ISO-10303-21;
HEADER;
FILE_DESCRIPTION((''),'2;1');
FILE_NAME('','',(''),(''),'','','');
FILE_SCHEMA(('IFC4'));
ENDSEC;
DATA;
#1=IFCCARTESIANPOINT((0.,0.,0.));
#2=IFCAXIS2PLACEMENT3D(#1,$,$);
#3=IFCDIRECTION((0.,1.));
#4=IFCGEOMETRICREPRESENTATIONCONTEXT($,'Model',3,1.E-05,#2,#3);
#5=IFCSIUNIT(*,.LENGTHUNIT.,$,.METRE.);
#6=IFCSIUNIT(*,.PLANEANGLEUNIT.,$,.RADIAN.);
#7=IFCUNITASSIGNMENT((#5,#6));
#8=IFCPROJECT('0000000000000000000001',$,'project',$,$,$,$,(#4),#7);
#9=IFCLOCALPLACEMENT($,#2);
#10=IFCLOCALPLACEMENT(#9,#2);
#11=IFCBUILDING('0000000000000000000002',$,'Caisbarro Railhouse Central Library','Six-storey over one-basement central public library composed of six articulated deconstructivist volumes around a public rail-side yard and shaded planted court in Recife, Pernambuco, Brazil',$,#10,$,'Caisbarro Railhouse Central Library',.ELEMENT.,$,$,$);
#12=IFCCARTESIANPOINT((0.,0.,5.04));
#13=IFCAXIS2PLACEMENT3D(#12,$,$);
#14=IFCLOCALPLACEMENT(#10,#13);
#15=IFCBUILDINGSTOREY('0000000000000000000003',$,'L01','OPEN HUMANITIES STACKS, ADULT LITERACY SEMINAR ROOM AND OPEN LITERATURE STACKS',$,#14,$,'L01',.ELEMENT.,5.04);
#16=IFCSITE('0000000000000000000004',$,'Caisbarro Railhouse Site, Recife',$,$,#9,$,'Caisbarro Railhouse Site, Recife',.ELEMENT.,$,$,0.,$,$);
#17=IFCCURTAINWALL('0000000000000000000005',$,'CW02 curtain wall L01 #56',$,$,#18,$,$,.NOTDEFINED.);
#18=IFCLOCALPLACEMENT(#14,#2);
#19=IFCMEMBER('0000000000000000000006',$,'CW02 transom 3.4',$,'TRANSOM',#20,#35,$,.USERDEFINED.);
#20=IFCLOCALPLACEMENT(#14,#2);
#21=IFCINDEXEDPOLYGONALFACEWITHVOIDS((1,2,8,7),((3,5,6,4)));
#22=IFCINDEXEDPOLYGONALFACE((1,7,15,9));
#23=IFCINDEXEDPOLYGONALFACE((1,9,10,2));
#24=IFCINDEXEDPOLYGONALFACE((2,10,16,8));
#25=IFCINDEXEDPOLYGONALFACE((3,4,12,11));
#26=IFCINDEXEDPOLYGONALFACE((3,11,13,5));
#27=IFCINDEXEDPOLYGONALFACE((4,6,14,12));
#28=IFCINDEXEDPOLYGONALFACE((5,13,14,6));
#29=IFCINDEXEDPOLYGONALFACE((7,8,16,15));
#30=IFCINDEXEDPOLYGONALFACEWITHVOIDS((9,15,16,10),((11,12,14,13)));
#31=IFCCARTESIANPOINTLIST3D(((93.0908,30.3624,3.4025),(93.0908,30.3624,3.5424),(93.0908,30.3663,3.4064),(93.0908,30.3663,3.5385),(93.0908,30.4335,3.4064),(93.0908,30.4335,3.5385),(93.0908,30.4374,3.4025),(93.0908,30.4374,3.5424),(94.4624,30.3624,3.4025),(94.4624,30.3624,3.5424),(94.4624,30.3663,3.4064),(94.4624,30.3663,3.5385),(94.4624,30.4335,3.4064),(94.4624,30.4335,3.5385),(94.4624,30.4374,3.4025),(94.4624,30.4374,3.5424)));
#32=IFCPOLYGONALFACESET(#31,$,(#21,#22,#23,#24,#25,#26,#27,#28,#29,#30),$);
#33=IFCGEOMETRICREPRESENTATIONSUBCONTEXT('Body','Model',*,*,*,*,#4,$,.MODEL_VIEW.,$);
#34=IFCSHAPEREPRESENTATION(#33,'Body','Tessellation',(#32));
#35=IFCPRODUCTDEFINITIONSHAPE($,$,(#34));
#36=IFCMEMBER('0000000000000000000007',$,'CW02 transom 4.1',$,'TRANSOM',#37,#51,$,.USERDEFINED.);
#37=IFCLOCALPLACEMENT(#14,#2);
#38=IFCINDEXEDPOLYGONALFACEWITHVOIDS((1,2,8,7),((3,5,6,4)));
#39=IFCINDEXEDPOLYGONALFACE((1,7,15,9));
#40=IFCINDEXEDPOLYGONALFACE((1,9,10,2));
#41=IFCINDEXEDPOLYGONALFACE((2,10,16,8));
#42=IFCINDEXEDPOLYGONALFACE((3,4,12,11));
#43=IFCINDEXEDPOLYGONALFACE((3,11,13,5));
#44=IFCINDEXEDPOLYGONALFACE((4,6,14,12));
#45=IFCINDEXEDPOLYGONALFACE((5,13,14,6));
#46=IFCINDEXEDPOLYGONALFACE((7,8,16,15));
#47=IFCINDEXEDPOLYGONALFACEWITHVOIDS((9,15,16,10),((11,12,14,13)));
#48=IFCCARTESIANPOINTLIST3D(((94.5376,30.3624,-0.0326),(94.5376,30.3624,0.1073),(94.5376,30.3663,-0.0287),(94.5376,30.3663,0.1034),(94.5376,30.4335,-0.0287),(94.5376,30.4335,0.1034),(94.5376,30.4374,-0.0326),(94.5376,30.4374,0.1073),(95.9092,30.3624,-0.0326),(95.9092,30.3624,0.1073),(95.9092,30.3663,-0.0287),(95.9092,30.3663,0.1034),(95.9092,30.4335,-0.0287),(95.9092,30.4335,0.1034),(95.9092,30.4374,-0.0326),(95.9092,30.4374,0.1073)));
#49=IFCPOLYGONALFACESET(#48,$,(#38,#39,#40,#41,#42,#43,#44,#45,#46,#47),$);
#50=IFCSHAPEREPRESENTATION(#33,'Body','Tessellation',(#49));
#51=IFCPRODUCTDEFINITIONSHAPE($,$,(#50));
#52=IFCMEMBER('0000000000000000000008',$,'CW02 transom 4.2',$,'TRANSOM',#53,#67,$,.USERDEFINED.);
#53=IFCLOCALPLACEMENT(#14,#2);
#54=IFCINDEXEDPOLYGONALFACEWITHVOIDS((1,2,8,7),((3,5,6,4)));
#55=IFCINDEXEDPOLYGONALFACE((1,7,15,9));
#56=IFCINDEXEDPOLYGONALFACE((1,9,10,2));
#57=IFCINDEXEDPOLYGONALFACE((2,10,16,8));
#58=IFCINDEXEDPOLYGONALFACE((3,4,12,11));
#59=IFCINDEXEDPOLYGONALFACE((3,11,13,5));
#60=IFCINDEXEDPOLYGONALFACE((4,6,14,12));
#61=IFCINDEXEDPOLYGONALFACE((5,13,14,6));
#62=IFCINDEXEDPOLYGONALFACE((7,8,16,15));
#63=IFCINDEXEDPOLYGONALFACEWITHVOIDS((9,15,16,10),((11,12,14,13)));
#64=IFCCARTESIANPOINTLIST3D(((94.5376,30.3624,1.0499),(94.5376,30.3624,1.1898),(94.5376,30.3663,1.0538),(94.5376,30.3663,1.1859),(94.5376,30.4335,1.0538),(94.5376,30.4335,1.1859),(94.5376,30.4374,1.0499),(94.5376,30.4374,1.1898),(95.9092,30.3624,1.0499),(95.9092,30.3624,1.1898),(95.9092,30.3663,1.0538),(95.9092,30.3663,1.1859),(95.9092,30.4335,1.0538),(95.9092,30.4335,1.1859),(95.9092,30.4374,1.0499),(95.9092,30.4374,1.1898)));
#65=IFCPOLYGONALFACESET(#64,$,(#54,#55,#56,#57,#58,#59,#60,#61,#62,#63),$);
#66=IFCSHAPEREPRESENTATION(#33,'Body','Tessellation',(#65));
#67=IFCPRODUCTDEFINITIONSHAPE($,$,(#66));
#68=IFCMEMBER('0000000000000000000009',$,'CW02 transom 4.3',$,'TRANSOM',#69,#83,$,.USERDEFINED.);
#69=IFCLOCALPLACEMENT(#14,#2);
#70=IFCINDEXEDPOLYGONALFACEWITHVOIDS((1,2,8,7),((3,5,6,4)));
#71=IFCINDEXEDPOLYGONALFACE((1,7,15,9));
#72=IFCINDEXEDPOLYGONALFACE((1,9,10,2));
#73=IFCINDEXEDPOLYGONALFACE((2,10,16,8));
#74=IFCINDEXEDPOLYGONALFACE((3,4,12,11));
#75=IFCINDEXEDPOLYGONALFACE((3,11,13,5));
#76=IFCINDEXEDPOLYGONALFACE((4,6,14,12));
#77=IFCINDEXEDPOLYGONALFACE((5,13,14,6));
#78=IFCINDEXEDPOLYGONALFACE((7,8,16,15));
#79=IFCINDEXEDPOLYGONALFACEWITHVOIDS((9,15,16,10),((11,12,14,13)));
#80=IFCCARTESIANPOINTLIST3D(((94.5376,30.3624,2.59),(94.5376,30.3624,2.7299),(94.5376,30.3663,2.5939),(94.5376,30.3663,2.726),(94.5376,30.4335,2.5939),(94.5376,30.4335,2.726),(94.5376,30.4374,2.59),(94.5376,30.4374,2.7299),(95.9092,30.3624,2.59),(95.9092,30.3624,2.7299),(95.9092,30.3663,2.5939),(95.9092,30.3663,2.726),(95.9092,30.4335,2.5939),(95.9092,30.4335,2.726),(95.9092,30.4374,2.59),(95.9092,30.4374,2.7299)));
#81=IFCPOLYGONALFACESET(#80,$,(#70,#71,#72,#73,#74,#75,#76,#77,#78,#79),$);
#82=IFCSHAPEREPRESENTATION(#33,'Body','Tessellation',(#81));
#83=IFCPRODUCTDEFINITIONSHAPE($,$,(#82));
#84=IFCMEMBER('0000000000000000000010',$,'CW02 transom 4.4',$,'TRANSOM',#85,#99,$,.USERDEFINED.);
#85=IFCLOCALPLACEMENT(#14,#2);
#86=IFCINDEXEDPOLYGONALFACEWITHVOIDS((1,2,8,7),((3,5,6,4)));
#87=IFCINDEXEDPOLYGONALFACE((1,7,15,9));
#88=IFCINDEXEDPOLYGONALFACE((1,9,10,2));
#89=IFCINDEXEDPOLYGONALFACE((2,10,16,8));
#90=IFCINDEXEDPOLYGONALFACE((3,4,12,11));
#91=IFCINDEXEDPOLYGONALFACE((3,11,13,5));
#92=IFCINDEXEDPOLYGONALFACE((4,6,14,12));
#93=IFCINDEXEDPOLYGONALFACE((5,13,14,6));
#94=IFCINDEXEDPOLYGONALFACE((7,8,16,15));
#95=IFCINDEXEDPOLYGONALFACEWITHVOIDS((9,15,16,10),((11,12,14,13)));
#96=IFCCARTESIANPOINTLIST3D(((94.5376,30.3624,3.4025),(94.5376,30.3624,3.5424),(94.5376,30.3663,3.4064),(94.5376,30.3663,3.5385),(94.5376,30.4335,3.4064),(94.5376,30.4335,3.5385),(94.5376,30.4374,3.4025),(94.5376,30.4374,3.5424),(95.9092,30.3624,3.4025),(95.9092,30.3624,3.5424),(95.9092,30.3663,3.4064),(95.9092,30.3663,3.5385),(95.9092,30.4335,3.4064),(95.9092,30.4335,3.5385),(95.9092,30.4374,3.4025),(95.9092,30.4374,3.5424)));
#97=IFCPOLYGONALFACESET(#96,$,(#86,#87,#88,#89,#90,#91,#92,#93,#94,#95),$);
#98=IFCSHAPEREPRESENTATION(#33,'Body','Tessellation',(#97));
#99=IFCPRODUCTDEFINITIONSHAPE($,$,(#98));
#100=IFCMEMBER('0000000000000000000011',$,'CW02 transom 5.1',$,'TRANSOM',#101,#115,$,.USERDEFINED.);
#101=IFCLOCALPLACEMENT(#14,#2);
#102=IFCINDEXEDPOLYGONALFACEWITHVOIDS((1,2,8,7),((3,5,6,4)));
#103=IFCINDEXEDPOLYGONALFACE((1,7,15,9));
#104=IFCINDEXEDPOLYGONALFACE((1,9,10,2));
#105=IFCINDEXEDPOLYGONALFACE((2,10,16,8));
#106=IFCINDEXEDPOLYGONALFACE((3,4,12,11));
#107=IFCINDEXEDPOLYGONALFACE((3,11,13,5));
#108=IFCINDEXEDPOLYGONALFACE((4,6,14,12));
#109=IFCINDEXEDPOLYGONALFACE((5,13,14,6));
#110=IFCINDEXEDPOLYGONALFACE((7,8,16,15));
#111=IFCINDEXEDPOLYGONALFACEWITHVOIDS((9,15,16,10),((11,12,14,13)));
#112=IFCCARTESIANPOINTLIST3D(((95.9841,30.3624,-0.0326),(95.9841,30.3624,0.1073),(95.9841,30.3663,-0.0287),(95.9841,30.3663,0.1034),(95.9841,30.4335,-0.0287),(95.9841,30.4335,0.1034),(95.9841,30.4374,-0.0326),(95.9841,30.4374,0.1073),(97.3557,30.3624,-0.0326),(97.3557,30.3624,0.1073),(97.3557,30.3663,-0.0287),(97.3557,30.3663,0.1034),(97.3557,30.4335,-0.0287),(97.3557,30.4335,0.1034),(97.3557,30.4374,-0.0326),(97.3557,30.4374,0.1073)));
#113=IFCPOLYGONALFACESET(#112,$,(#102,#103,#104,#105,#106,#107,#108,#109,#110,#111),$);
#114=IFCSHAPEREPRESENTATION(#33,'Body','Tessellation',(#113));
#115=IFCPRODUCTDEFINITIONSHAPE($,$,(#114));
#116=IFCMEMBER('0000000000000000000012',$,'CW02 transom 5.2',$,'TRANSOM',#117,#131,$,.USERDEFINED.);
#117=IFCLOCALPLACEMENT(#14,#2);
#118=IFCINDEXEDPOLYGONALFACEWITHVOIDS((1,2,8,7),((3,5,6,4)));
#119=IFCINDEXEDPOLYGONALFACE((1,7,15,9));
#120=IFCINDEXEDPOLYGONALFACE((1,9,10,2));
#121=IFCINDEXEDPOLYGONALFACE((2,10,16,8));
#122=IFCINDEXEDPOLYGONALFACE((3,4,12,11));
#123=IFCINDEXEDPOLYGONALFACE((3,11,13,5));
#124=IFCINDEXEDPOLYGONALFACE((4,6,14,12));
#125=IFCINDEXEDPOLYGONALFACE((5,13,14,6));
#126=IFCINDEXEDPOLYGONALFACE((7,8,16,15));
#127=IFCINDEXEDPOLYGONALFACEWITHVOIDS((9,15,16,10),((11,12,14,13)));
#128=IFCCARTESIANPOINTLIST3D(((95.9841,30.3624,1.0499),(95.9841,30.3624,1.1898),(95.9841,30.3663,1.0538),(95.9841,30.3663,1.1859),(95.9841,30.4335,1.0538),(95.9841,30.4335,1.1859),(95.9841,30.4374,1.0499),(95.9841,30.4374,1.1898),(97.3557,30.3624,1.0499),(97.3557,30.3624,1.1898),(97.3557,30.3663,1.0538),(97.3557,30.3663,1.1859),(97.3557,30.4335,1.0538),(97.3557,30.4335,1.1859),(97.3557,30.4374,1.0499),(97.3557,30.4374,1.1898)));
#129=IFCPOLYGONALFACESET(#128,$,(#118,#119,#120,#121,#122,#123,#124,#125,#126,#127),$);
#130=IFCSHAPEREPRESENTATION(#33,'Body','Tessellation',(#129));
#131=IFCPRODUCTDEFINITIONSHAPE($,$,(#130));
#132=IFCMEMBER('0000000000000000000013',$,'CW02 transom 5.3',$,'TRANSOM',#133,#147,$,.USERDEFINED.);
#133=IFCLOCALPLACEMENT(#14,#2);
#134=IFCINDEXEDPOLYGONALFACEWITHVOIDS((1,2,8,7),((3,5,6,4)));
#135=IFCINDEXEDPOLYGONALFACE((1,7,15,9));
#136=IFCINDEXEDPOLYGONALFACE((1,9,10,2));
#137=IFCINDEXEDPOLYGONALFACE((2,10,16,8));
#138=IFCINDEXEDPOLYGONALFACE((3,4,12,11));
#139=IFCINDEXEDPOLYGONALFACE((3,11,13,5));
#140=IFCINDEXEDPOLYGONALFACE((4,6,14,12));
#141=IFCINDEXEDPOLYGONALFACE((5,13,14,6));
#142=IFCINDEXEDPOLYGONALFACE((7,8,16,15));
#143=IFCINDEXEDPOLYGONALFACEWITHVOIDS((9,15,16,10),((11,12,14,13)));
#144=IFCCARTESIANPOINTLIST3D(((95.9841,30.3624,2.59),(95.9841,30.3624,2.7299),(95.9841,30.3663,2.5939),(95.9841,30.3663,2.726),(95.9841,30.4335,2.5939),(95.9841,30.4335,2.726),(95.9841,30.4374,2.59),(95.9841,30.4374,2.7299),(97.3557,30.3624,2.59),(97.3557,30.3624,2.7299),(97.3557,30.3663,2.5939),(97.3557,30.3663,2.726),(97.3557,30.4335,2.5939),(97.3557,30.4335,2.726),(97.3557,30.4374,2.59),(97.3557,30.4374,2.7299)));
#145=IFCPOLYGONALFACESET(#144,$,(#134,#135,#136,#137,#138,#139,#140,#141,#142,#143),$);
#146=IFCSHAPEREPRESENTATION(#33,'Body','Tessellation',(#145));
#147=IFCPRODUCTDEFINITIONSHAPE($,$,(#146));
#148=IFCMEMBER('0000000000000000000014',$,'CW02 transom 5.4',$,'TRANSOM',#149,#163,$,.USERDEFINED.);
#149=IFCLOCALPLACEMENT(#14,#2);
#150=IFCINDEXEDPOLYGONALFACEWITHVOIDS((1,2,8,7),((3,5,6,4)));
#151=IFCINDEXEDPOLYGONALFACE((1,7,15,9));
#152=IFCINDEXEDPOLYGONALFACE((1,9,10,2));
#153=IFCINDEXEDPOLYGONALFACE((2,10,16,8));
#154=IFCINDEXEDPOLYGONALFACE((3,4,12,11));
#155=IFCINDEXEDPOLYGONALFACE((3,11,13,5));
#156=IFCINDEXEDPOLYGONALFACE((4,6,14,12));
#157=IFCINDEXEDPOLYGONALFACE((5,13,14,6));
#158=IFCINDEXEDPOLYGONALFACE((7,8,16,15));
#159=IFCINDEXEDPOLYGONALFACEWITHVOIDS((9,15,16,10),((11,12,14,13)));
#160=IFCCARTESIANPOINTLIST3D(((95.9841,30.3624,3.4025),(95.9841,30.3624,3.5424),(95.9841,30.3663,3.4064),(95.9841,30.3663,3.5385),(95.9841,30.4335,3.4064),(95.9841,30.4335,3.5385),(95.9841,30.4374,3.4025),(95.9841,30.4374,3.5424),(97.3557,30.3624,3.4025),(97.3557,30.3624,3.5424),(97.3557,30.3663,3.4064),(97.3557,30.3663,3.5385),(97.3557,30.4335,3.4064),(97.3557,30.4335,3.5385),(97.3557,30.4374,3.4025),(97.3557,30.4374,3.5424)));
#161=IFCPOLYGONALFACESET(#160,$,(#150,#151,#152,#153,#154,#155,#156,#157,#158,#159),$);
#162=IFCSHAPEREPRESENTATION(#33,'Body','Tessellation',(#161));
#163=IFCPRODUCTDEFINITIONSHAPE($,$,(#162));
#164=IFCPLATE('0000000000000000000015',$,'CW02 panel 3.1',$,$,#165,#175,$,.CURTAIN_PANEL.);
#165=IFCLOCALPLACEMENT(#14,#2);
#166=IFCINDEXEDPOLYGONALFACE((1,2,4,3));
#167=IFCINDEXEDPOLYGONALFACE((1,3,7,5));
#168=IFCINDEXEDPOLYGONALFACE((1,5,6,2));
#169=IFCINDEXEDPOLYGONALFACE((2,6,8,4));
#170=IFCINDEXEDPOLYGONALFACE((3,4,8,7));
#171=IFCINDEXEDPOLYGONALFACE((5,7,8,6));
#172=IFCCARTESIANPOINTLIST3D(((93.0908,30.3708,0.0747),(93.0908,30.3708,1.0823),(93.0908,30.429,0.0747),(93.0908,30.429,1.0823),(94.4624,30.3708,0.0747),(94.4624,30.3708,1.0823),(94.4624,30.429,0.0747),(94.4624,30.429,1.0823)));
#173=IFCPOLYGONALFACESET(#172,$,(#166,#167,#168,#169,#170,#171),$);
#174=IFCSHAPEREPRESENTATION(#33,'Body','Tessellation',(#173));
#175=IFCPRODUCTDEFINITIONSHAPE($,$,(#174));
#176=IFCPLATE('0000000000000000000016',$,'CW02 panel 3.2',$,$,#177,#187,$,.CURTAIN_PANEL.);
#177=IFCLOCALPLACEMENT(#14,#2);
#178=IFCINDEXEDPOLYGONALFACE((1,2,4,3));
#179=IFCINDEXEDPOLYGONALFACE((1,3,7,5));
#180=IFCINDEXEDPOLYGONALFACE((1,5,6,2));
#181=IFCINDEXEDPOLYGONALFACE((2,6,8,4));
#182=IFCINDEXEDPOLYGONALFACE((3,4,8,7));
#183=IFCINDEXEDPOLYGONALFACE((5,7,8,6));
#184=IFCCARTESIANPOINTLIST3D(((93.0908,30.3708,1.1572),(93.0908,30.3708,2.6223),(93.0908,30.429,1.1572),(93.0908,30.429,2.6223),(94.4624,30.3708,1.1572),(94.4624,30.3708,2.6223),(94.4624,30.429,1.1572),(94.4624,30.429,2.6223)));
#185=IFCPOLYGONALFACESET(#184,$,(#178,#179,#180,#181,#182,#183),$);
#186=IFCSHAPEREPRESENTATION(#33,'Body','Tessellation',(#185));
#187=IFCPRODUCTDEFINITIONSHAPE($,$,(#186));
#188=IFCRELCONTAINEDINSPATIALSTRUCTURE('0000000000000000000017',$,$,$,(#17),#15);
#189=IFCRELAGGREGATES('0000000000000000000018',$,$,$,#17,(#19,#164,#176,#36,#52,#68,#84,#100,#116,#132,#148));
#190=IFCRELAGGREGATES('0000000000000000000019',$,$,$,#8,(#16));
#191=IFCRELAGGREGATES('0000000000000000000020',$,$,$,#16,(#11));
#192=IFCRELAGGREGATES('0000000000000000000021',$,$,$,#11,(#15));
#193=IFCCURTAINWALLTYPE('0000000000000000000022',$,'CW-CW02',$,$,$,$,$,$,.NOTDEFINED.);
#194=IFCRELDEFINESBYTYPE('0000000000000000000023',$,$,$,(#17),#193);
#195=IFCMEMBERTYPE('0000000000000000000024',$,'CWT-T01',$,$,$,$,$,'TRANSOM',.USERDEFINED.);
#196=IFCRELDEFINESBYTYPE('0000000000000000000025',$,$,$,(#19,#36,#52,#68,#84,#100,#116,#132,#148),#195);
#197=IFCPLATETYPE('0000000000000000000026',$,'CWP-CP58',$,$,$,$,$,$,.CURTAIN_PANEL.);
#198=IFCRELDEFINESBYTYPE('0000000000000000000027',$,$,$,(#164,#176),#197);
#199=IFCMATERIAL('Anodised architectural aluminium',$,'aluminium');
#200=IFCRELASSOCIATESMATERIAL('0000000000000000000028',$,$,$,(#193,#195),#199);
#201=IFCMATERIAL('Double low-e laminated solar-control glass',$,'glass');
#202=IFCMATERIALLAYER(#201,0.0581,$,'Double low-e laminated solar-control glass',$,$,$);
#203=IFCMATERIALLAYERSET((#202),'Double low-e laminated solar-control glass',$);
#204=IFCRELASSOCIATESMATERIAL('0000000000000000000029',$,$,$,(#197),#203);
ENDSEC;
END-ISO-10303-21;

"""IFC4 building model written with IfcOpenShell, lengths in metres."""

from ifc_helpers import new_model, si_unit, direction, frame, origin, origin_2d, place, context, subcontext, project, spatial, rectangle, hollow_rectangle, extrude, material, layer, layer_set, material_profile, profile_set, type_object, element, aggregate, save


model = new_model("IFC4")

# Units and contexts
model_context = context("Model", 3, precision=1e-05, world=origin(), true_north=direction((0.0, 1.0)))
body_context = subcontext(model_context, "Body", "Model", "MODEL_VIEW")
ifc_project = project(units=[si_unit("LENGTHUNIT", "METRE"), si_unit("PLANEANGLEUNIT", "RADIAN")], contexts=[model_context])

# Site, building, storey
site_placement = place(None, origin())
site = spatial("IfcSite", under=ifc_project, at=site_placement, Name="Caisbarro Railhouse Site, Recife", LongName="Caisbarro Railhouse Site, Recife", CompositionType="ELEMENT", RefElevation=0.0)
building_placement = place(site_placement, origin())
building = spatial("IfcBuilding", under=site, at=building_placement, Name="Caisbarro Railhouse Central Library", Description="Six-storey over one-basement central public library composed of six articulated deconstructivist volumes around a public rail-side yard and shaded planted court in Recife, Pernambuco, Brazil", LongName="Caisbarro Railhouse Central Library", CompositionType="ELEMENT")
storey_placement = place(building_placement, frame((0.0, 0.0, 5.04)))
storey = spatial("IfcBuildingStorey", under=building, at=storey_placement, Name="L01", Description="OPEN HUMANITIES STACKS, ADULT LITERACY SEMINAR ROOM AND OPEN LITERATURE STACKS", LongName="L01", CompositionType="ELEMENT", Elevation=5.04)

# Curtain wall, members, plates
ifc_material_1 = material(Name="Anodised architectural aluminium", Category="aluminium")
curtain_wall_type = type_object("IfcCurtainWallType", Name="CW-CW02", PredefinedType="NOTDEFINED", material=ifc_material_1)
curtain_wall_placement = place(storey_placement, origin())
curtain_wall = element("IfcCurtainWall", 1, at=curtain_wall_placement, inside=storey, type_object=curtain_wall_type, Name="CW02 curtain wall L01 #56", PredefinedType="NOTDEFINED")
ifc_material_profile_1 = material_profile(ifc_material_1, hollow_rectangle(XDim=0.075, YDim=0.1399, WallThickness=0.0039, at=origin_2d()), Name="ALU-TRN-75X140")
ifc_profile_set_1 = profile_set([ifc_material_profile_1], Name="Anodised architectural aluminium")
member_type_1 = type_object("IfcMemberType", Name="CWT-T01", ElementType="TRANSOM", PredefinedType="USERDEFINED", material=ifc_profile_set_1)
member_1_placement = place(storey_placement, frame((93.0908, 30.3999, 3.4724), z_axis=(1.0, 0.0, 0.0), x_axis=(0.0, 1.0, 0.0)))
member_1 = element("IfcMember", 2, at=member_1_placement, type_object=member_type_1, Name="CW02 transom 3.4", ObjectType="TRANSOM", PredefinedType="USERDEFINED", context=body_context, shape_type="SweptSolid", body=[
    extrude(hollow_rectangle(XDim=0.075, YDim=0.1399, WallThickness=0.0039, at=origin_2d()), origin(), (0.0, 0.0, 1.0), 1.3716),
])
member_2_placement = place(storey_placement, frame((94.5376, 30.3999, 0.0374), z_axis=(1.0, 0.0, 0.0), x_axis=(0.0, 1.0, 0.0)))
member_2 = element("IfcMember", 3, at=member_2_placement, type_object=member_type_1, Name="CW02 transom 4.1", ObjectType="TRANSOM", PredefinedType="USERDEFINED", context=body_context, shape_type="SweptSolid", body=[
    extrude(hollow_rectangle(XDim=0.075, YDim=0.1399, WallThickness=0.0039, at=origin_2d()), origin(), (0.0, 0.0, 1.0), 1.3716),
])
member_3_placement = place(storey_placement, frame((94.5376, 30.3999, 1.1199), z_axis=(1.0, 0.0, 0.0), x_axis=(0.0, 1.0, 0.0)))
member_3 = element("IfcMember", 4, at=member_3_placement, type_object=member_type_1, Name="CW02 transom 4.2", ObjectType="TRANSOM", PredefinedType="USERDEFINED", context=body_context, shape_type="SweptSolid", body=[
    extrude(hollow_rectangle(XDim=0.075, YDim=0.1399, WallThickness=0.0039, at=origin_2d()), origin(), (0.0, 0.0, 1.0), 1.3716),
])
member_4_placement = place(storey_placement, frame((94.5376, 30.3999, 2.6599), z_axis=(1.0, 0.0, 0.0), x_axis=(0.0, 1.0, 0.0)))
member_4 = element("IfcMember", 5, at=member_4_placement, type_object=member_type_1, Name="CW02 transom 4.3", ObjectType="TRANSOM", PredefinedType="USERDEFINED", context=body_context, shape_type="SweptSolid", body=[
    extrude(hollow_rectangle(XDim=0.075, YDim=0.1399, WallThickness=0.0039, at=origin_2d()), origin(), (0.0, 0.0, 1.0), 1.3716),
])
member_5_placement = place(storey_placement, frame((94.5376, 30.3999, 3.4724), z_axis=(1.0, 0.0, 0.0), x_axis=(0.0, 1.0, 0.0)))
member_5 = element("IfcMember", 6, at=member_5_placement, type_object=member_type_1, Name="CW02 transom 4.4", ObjectType="TRANSOM", PredefinedType="USERDEFINED", context=body_context, shape_type="SweptSolid", body=[
    extrude(hollow_rectangle(XDim=0.075, YDim=0.1399, WallThickness=0.0039, at=origin_2d()), origin(), (0.0, 0.0, 1.0), 1.3716),
])
member_6_placement = place(storey_placement, frame((95.9841, 30.3999, 0.0374), z_axis=(1.0, 0.0, 0.0), x_axis=(0.0, 1.0, 0.0)))
member_6 = element("IfcMember", 7, at=member_6_placement, type_object=member_type_1, Name="CW02 transom 5.1", ObjectType="TRANSOM", PredefinedType="USERDEFINED", context=body_context, shape_type="SweptSolid", body=[
    extrude(hollow_rectangle(XDim=0.075, YDim=0.1399, WallThickness=0.0039, at=origin_2d()), origin(), (0.0, 0.0, 1.0), 1.3716),
])
member_7_placement = place(storey_placement, frame((95.9841, 30.3999, 1.1199), z_axis=(1.0, 0.0, 0.0), x_axis=(0.0, 1.0, 0.0)))
member_7 = element("IfcMember", 8, at=member_7_placement, type_object=member_type_1, Name="CW02 transom 5.2", ObjectType="TRANSOM", PredefinedType="USERDEFINED", context=body_context, shape_type="SweptSolid", body=[
    extrude(hollow_rectangle(XDim=0.075, YDim=0.1399, WallThickness=0.0039, at=origin_2d()), origin(), (0.0, 0.0, 1.0), 1.3716),
])
member_8_placement = place(storey_placement, frame((95.9841, 30.3999, 2.6599), z_axis=(1.0, 0.0, 0.0), x_axis=(0.0, 1.0, 0.0)))
member_8 = element("IfcMember", 9, at=member_8_placement, type_object=member_type_1, Name="CW02 transom 5.3", ObjectType="TRANSOM", PredefinedType="USERDEFINED", context=body_context, shape_type="SweptSolid", body=[
    extrude(hollow_rectangle(XDim=0.075, YDim=0.1399, WallThickness=0.0039, at=origin_2d()), origin(), (0.0, 0.0, 1.0), 1.3716),
])
member_9_placement = place(storey_placement, frame((95.9841, 30.3999, 3.4724), z_axis=(1.0, 0.0, 0.0), x_axis=(0.0, 1.0, 0.0)))
member_9 = element("IfcMember", 10, at=member_9_placement, type_object=member_type_1, Name="CW02 transom 5.4", ObjectType="TRANSOM", PredefinedType="USERDEFINED", context=body_context, shape_type="SweptSolid", body=[
    extrude(hollow_rectangle(XDim=0.075, YDim=0.1399, WallThickness=0.0039, at=origin_2d()), origin(), (0.0, 0.0, 1.0), 1.3716),
])
ifc_material_2 = material(Name="Double low-e laminated solar-control glass", Category="glass")
ifc_layer_1 = layer(ifc_material_2, 0.0581, Name="Double low-e laminated solar-control glass")
ifc_layer_set_1 = layer_set([ifc_layer_1], Name="Double low-e laminated solar-control glass")
plate_type = type_object("IfcPlateType", Name="CWP-CP58", PredefinedType="CURTAIN_PANEL", material=ifc_layer_set_1)
plate_1_placement = place(storey_placement, frame((93.7766, 30.3999, 0.0747), z_axis=(0.0, 0.0, 1.0), x_axis=(1.0, 0.0, 0.0)))
plate_1 = element("IfcPlate", 11, at=plate_1_placement, type_object=plate_type, Name="CW02 panel 3.1", PredefinedType="CURTAIN_PANEL", context=body_context, shape_type="SweptSolid", body=[
    extrude(rectangle(XDim=1.3716, YDim=0.0581, at=origin_2d()), origin(), (0.0, 0.0, 1.0), 1.0076),
])
plate_2_placement = place(storey_placement, frame((93.7766, 30.3999, 1.1572), z_axis=(0.0, 0.0, 1.0), x_axis=(1.0, 0.0, 0.0)))
plate_2 = element("IfcPlate", 12, at=plate_2_placement, type_object=plate_type, Name="CW02 panel 3.2", PredefinedType="CURTAIN_PANEL", context=body_context, shape_type="SweptSolid", body=[
    extrude(rectangle(XDim=1.3716, YDim=0.0581, at=origin_2d()), origin(), (0.0, 0.0, 1.0), 1.4651),
])
aggregate(curtain_wall, [member_1, plate_1, plate_2, member_2, member_3, member_4, member_5, member_6, member_7, member_8, member_9])

save(model, "model.ifc")
